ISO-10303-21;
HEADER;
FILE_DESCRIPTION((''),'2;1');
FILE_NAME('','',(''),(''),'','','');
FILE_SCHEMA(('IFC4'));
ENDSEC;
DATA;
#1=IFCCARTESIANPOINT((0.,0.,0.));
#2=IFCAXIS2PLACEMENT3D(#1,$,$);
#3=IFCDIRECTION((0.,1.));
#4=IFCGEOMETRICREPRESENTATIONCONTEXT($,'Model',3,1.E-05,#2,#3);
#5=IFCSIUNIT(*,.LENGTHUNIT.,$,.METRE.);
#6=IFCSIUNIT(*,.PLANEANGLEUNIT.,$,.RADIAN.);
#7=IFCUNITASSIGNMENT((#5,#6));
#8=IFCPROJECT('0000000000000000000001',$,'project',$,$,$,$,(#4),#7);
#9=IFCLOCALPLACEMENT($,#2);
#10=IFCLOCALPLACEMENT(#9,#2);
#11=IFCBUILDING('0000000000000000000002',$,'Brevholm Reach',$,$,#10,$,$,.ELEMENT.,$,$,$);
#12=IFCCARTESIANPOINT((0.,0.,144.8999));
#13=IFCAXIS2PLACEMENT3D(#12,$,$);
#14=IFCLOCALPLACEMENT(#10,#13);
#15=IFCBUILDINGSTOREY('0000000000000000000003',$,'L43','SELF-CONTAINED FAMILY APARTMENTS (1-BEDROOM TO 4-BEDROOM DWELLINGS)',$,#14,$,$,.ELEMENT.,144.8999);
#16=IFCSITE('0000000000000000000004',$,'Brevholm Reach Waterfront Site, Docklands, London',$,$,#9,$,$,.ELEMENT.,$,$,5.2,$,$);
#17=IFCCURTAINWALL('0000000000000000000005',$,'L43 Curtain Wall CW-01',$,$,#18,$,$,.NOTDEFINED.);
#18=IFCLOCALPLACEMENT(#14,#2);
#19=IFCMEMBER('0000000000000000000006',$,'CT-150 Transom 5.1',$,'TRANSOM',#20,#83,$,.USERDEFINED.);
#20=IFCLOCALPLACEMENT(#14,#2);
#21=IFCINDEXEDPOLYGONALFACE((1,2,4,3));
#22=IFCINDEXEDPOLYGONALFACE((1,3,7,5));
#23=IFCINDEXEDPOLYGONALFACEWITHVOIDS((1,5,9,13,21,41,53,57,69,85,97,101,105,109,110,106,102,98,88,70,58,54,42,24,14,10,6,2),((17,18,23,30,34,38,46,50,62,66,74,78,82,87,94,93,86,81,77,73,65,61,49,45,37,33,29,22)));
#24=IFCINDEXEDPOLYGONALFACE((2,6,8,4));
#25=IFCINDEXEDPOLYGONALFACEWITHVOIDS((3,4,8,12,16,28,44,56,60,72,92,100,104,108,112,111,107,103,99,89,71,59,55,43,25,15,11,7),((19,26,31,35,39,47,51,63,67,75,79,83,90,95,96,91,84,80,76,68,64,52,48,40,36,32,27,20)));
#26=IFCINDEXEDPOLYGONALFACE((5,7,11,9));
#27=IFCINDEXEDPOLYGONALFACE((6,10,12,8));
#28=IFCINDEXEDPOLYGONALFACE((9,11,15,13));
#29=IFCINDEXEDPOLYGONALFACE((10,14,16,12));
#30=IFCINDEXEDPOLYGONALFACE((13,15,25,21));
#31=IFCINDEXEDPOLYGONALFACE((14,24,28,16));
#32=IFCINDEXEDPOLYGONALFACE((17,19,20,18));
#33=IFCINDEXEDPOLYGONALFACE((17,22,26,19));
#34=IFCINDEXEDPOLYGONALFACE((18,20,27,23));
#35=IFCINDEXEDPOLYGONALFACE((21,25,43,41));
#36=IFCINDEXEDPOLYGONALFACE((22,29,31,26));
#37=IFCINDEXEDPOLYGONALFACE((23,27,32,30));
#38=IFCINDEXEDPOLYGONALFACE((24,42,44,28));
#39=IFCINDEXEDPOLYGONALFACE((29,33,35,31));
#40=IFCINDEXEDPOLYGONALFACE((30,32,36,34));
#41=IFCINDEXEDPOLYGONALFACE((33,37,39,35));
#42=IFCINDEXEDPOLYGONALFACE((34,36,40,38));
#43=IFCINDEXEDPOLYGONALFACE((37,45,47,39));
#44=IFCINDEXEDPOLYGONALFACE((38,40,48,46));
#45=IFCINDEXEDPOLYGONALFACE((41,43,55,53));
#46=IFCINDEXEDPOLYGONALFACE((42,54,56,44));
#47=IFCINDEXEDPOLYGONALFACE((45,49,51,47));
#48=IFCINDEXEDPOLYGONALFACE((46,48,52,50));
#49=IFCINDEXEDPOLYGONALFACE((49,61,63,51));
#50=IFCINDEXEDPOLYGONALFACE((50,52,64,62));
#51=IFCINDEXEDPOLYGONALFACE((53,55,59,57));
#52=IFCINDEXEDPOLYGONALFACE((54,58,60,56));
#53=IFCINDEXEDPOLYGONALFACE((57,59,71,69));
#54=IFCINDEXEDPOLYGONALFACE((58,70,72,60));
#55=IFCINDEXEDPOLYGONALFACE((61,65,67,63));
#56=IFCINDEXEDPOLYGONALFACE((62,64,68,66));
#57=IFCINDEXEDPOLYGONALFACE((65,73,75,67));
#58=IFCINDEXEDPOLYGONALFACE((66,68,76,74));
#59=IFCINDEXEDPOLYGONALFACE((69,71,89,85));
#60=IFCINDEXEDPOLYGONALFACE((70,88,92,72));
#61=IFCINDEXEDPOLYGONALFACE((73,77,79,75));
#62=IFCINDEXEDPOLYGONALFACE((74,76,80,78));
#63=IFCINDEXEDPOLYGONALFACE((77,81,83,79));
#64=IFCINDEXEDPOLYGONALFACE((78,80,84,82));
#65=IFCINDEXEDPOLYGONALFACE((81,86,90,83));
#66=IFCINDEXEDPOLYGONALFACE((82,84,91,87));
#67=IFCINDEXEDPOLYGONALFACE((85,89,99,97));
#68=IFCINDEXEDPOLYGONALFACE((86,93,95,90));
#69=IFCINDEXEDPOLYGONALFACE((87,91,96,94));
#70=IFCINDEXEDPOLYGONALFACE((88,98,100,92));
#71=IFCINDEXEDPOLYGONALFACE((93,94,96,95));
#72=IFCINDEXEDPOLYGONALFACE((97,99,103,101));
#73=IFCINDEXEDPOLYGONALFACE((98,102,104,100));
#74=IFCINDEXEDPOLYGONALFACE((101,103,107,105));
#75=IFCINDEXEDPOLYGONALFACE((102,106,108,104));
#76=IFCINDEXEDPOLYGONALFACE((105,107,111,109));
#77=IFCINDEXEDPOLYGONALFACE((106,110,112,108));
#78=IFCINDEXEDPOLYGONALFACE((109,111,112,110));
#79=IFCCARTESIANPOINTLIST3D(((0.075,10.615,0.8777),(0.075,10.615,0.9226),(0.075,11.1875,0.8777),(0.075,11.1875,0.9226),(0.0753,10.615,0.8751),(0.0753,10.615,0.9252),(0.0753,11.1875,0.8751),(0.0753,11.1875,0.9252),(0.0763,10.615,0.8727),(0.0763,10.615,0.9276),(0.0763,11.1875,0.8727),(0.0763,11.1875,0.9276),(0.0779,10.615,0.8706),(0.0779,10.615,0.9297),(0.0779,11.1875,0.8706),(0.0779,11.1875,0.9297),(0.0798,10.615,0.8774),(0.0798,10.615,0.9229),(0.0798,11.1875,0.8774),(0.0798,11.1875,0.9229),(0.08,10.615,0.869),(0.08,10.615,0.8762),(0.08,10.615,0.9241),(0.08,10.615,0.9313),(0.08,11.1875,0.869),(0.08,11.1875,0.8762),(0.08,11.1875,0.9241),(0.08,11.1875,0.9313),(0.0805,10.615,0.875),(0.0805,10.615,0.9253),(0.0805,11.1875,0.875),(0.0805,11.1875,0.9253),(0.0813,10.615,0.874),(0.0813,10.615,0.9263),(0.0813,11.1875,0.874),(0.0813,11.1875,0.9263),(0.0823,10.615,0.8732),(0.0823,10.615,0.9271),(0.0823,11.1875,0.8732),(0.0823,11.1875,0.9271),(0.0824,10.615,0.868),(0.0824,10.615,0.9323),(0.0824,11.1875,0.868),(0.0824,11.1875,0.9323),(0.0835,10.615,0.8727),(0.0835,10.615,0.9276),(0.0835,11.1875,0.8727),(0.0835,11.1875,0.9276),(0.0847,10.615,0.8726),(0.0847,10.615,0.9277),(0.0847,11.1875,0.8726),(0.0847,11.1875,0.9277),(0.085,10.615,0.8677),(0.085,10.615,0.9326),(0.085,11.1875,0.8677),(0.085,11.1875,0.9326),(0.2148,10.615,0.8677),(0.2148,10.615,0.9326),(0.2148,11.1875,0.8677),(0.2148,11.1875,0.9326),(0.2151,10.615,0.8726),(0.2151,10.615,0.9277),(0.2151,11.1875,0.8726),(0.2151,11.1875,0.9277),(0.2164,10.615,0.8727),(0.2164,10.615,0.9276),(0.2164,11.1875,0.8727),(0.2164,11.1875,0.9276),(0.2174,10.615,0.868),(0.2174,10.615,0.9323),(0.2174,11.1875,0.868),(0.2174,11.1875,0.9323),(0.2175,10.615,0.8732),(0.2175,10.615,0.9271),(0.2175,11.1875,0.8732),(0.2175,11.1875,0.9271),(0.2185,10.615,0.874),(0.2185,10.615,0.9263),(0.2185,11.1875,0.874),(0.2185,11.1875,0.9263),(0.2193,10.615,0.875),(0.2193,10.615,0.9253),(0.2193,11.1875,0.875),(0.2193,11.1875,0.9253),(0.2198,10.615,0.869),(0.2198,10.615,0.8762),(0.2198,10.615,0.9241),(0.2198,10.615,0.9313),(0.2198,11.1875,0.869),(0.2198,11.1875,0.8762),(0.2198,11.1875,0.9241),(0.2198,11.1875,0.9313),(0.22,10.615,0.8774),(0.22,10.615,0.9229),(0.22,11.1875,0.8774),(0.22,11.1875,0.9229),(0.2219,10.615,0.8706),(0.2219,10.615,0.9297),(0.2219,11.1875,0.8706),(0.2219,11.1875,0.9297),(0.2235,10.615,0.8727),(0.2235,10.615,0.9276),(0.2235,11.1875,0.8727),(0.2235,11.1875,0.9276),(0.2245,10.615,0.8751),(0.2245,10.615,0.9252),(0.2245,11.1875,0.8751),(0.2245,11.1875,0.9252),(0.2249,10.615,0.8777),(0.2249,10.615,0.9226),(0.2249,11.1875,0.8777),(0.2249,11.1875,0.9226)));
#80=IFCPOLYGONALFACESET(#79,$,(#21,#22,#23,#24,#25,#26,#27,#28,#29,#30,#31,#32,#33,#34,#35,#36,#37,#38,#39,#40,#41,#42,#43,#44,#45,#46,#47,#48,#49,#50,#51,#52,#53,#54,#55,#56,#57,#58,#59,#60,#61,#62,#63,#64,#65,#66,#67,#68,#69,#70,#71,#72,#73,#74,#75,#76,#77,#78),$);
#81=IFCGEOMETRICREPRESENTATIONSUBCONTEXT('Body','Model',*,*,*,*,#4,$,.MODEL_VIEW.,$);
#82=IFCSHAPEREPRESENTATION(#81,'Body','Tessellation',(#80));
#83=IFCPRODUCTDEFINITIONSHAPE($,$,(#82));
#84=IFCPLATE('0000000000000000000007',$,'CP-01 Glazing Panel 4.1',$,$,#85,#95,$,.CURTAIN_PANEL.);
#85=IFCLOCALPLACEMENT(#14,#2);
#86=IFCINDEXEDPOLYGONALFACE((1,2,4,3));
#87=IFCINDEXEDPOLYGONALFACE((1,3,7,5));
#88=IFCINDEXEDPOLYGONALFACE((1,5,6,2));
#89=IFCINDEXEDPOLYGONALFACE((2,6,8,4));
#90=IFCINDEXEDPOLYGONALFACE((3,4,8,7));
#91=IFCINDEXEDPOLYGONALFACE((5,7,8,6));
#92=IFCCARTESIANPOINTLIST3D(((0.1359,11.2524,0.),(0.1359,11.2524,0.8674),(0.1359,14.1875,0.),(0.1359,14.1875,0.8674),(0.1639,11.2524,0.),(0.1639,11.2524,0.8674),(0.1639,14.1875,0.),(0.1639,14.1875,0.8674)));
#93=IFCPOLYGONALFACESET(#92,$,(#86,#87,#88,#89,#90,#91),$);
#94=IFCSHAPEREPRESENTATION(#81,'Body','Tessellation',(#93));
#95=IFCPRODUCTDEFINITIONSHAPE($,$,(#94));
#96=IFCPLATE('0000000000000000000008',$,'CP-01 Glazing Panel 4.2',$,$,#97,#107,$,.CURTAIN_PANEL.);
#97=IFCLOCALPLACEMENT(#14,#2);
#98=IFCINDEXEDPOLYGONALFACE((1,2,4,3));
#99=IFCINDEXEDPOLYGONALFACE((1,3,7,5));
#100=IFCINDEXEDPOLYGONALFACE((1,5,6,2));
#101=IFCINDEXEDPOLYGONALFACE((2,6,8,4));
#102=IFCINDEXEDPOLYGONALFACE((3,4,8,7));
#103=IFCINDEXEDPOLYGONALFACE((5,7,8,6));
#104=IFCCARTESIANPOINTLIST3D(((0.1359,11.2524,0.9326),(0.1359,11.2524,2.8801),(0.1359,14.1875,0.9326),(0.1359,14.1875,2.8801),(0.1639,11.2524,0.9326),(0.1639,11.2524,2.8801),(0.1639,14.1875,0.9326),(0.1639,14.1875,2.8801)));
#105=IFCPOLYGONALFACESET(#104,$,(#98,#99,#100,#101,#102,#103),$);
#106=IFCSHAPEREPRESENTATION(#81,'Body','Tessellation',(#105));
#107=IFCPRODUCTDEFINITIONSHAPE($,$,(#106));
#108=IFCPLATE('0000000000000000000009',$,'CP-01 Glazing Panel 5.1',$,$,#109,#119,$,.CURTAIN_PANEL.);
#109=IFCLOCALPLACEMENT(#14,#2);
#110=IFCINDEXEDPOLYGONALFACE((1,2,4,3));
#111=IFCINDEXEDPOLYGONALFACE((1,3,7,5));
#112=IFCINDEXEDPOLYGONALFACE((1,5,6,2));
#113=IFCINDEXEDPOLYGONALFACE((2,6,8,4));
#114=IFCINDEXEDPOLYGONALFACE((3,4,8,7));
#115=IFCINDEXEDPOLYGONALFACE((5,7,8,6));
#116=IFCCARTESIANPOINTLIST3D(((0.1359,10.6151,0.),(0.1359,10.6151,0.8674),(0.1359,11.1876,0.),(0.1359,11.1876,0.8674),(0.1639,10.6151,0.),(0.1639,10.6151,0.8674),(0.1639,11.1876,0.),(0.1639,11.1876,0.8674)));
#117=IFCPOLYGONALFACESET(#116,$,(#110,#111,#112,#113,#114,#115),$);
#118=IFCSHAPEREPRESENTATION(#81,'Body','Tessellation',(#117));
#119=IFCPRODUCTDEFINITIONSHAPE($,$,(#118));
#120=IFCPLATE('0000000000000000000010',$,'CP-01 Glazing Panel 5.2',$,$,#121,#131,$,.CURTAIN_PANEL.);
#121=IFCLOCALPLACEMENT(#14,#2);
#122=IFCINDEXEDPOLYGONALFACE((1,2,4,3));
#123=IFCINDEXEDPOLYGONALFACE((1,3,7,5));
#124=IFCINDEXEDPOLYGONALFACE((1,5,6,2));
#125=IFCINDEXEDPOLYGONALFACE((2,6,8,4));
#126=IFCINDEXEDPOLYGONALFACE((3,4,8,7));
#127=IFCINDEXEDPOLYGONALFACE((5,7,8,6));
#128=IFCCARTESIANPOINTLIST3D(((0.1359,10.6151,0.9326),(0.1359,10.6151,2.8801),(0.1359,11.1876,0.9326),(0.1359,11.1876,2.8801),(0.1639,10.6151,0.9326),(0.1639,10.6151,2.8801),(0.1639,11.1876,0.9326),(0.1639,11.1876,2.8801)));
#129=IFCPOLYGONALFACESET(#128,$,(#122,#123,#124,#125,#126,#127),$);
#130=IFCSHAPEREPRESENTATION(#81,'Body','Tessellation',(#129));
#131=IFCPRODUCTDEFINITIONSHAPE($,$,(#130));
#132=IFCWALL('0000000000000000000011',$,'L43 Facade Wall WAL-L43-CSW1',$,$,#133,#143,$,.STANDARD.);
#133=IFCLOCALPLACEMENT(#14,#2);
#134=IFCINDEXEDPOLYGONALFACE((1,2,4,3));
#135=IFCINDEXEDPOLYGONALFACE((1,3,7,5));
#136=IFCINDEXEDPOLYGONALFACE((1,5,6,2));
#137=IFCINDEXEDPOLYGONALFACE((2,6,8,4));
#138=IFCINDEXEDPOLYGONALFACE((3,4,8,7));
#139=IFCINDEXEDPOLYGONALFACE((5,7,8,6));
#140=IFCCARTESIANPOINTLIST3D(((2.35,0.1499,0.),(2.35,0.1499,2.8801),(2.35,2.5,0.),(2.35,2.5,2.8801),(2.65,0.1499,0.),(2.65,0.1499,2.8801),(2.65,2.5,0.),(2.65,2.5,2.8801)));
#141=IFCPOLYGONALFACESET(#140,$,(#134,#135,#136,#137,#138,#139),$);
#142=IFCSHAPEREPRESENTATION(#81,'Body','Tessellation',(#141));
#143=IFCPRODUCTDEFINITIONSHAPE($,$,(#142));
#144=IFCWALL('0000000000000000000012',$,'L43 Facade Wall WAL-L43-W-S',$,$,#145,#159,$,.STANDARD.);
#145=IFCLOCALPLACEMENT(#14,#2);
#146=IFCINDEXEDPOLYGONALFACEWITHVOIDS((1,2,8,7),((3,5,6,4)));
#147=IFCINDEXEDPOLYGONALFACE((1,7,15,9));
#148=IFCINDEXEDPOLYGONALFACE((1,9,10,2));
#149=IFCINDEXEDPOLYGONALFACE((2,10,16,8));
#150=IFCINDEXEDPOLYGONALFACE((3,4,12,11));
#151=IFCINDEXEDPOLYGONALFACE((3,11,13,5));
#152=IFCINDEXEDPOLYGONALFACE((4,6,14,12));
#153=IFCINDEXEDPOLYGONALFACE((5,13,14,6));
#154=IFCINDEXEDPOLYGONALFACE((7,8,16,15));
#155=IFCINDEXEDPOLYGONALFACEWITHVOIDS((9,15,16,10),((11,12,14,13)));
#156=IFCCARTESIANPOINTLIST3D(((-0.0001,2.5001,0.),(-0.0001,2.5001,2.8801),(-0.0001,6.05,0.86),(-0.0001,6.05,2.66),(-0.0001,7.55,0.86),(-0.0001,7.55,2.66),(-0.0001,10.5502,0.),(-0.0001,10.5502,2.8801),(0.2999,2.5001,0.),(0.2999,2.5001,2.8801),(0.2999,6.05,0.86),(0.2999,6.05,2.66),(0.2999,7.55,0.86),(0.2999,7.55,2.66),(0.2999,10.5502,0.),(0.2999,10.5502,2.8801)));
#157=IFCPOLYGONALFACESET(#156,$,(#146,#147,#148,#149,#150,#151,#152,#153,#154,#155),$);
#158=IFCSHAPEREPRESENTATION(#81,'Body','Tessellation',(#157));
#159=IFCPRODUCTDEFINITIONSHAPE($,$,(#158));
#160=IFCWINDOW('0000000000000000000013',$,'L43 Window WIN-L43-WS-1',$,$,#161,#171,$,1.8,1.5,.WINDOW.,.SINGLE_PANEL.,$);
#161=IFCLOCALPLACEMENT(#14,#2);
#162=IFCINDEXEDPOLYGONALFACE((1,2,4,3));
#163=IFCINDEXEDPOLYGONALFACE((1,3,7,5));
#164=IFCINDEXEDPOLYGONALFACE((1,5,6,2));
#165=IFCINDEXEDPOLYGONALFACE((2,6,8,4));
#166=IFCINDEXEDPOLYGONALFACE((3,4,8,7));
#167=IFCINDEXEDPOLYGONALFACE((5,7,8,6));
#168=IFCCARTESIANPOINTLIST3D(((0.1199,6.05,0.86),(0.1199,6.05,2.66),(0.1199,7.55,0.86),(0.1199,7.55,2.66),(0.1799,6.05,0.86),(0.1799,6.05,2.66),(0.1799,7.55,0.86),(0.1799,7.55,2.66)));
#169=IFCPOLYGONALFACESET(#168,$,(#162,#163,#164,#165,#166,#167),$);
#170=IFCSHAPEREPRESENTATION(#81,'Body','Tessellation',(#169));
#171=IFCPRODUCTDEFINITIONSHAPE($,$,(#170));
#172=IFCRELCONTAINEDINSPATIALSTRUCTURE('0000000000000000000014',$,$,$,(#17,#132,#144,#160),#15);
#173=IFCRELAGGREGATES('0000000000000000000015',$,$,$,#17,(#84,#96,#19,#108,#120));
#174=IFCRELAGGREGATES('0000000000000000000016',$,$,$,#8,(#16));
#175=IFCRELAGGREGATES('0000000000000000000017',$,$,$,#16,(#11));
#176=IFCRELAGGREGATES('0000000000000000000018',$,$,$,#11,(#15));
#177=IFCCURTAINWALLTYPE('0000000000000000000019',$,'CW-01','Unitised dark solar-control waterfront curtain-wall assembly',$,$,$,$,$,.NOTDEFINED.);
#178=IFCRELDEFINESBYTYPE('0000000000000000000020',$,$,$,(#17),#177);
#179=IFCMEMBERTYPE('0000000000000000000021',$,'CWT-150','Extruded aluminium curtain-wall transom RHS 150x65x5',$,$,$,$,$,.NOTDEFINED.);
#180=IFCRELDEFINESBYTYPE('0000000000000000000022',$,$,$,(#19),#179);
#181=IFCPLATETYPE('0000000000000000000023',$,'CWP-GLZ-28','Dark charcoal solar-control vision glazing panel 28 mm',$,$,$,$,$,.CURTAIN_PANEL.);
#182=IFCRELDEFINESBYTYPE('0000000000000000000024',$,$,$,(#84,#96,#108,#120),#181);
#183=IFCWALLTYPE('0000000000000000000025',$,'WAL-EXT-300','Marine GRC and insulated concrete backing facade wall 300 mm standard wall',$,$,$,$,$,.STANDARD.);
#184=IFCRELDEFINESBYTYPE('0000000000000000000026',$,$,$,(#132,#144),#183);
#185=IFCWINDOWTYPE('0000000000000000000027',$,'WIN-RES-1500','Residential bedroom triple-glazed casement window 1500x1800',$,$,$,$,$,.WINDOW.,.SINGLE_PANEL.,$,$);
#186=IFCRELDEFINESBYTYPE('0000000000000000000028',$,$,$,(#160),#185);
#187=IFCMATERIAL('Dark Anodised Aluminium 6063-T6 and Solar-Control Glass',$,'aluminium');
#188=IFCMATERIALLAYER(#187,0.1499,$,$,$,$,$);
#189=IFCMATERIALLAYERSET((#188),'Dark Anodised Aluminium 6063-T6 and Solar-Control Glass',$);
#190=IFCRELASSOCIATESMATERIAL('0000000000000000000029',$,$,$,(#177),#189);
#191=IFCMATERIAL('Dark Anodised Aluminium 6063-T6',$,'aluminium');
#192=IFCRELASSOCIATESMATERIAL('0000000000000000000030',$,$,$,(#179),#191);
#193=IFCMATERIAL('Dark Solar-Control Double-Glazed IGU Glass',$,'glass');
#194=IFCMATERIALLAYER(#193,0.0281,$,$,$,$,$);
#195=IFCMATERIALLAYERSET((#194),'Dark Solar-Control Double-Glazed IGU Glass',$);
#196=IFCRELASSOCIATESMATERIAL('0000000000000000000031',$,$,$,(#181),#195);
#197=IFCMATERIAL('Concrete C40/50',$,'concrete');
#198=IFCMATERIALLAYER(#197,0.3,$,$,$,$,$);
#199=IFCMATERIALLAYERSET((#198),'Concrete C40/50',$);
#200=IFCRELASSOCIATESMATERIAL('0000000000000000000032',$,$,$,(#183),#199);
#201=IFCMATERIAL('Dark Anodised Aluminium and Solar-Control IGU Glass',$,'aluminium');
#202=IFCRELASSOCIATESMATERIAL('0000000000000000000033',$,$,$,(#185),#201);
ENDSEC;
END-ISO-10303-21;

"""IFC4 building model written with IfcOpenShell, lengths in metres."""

from ifc_helpers import new_model, si_unit, direction, frame, frame_2d, origin, origin_2d, place, context, subcontext, project, spatial, rectangle, hollow_rectangle, extrude, material, layer, layer_set, material_profile, profile_set, type_object, element, fill, aggregate, save


model = new_model("IFC4")

# Units and contexts
model_context = context("Model", 3, precision=1e-05, world=origin(), true_north=direction((0.0, 1.0)))
body_context = subcontext(model_context, "Body", "Model", "MODEL_VIEW")
ifc_project = project(units=[si_unit("LENGTHUNIT", "METRE"), si_unit("PLANEANGLEUNIT", "RADIAN")], contexts=[model_context])

# Site, building, storey
site_placement = place(None, origin())
site = spatial("IfcSite", under=ifc_project, at=site_placement, Name="Brevholm Reach Waterfront Site, Docklands, London", CompositionType="ELEMENT", RefElevation=5.2)
building_placement = place(site_placement, origin())
building = spatial("IfcBuilding", under=site, at=building_placement, Name="Brevholm Reach", CompositionType="ELEMENT")
storey_placement = place(building_placement, frame((0.0, 0.0, 144.8999)))
storey = spatial("IfcBuildingStorey", under=building, at=storey_placement, Name="L43", Description="SELF-CONTAINED FAMILY APARTMENTS (1-BEDROOM TO 4-BEDROOM DWELLINGS)", CompositionType="ELEMENT", Elevation=144.8999)

# Curtain wall, member, plates
ifc_material_1 = material(Name="Dark Anodised Aluminium 6063-T6 and Solar-Control Glass", Category="aluminium")
ifc_layer_1 = layer(ifc_material_1, 0.1499)
ifc_layer_set_1 = layer_set([ifc_layer_1], Name="Dark Anodised Aluminium 6063-T6 and Solar-Control Glass")
curtain_wall_type = type_object("IfcCurtainWallType", Name="CW-01", Description="Unitised dark solar-control waterfront curtain-wall assembly", PredefinedType="NOTDEFINED", material=ifc_layer_set_1)
curtain_wall_placement = place(storey_placement, origin())
curtain_wall = element("IfcCurtainWall", 1, at=curtain_wall_placement, inside=storey, type_object=curtain_wall_type, Name="L43 Curtain Wall CW-01", PredefinedType="NOTDEFINED")
ifc_material_2 = material(Name="Dark Anodised Aluminium 6063-T6", Category="aluminium")
ifc_material_profile_1 = material_profile(ifc_material_2, hollow_rectangle(XDim=0.0649, YDim=0.1499, WallThickness=0.0049, InnerFilletRadius=0.0049, OuterFilletRadius=0.01, at=origin_2d()), Name="RHS 150x65x5")
ifc_profile_set_1 = profile_set([ifc_material_profile_1], Name="Dark Anodised Aluminium 6063-T6")
member_type_1 = type_object("IfcMemberType", Name="CWT-150", Description="Extruded aluminium curtain-wall transom RHS 150x65x5", PredefinedType="NOTDEFINED", material=ifc_profile_set_1)
member_1_placement = place(storey_placement, frame((0.1499, 11.1875, 0.9001), z_axis=(0.0, -1.0, 0.0), x_axis=(0.0, 0.0, 1.0)))
member_1 = element("IfcMember", 2, at=member_1_placement, type_object=member_type_1, Name="CT-150 Transom 5.1", ObjectType="TRANSOM", PredefinedType="USERDEFINED", context=body_context, shape_type="SweptSolid", body=[
    extrude(hollow_rectangle(XDim=0.0649, YDim=0.1499, WallThickness=0.0049, InnerFilletRadius=0.0049, OuterFilletRadius=0.01, at=origin_2d()), origin(), (0.0, 0.0, 1.0), 0.5725),
])
ifc_material_3 = material(Name="Dark Solar-Control Double-Glazed IGU Glass", Category="glass")
ifc_layer_2 = layer(ifc_material_3, 0.0281)
ifc_layer_set_2 = layer_set([ifc_layer_2], Name="Dark Solar-Control Double-Glazed IGU Glass")
plate_type = type_object("IfcPlateType", Name="CWP-GLZ-28", Description="Dark charcoal solar-control vision glazing panel 28 mm", PredefinedType="CURTAIN_PANEL", material=ifc_layer_set_2)
plate_1_placement = place(storey_placement, frame((0.1499, 12.72, 0.0), z_axis=(0.0, 0.0, 1.0), x_axis=(0.0, -1.0, 0.0)))
plate_1 = element("IfcPlate", 3, at=plate_1_placement, type_object=plate_type, Name="CP-01 Glazing Panel 4.1", PredefinedType="CURTAIN_PANEL", context=body_context, shape_type="SweptSolid", body=[
    extrude(rectangle(XDim=2.9351, YDim=0.0281, at=origin_2d()), origin(), (0.0, 0.0, 1.0), 0.8674),
])
plate_2_placement = place(storey_placement, frame((0.1499, 12.72, 0.9326), z_axis=(0.0, 0.0, 1.0), x_axis=(0.0, -1.0, 0.0)))
plate_2 = element("IfcPlate", 4, at=plate_2_placement, type_object=plate_type, Name="CP-01 Glazing Panel 4.2", PredefinedType="CURTAIN_PANEL", context=body_context, shape_type="SweptSolid", body=[
    extrude(rectangle(XDim=2.9351, YDim=0.0281, at=origin_2d()), origin(), (0.0, 0.0, 1.0), 1.9475),
])
plate_3_placement = place(storey_placement, frame((0.1499, 10.9014, 0.0), z_axis=(0.0, 0.0, 1.0), x_axis=(0.0, -1.0, 0.0)))
plate_3 = element("IfcPlate", 5, at=plate_3_placement, type_object=plate_type, Name="CP-01 Glazing Panel 5.1", PredefinedType="CURTAIN_PANEL", context=body_context, shape_type="SweptSolid", body=[
    extrude(rectangle(XDim=0.5725, YDim=0.0281, at=origin_2d()), origin(), (0.0, 0.0, 1.0), 0.8674),
])
plate_4_placement = place(storey_placement, frame((0.1499, 10.9014, 0.9326), z_axis=(0.0, 0.0, 1.0), x_axis=(0.0, -1.0, 0.0)))
plate_4 = element("IfcPlate", 6, at=plate_4_placement, type_object=plate_type, Name="CP-01 Glazing Panel 5.2", PredefinedType="CURTAIN_PANEL", context=body_context, shape_type="SweptSolid", body=[
    extrude(rectangle(XDim=0.5725, YDim=0.0281, at=origin_2d()), origin(), (0.0, 0.0, 1.0), 1.9475),
])
aggregate(curtain_wall, [plate_1, plate_2, member_1, plate_3, plate_4])

# Wall
ifc_material_4 = material(Name="Concrete C40/50", Category="concrete")
ifc_layer_3 = layer(ifc_material_4, 0.3)
ifc_layer_set_3 = layer_set([ifc_layer_3], Name="Concrete C40/50")
wall_type_1 = type_object("IfcWallType", Name="WAL-EXT-300", Description="Marine GRC and insulated concrete backing facade wall 300 mm standard wall", PredefinedType="STANDARD", material=ifc_layer_set_3)
wall_1_placement = place(storey_placement, frame((2.5, 2.5, 0.0), z_axis=(0.0, 0.0, 1.0), x_axis=(0.0, -1.0, 0.0)))
element("IfcWall", 7, at=wall_1_placement, inside=storey, type_object=wall_type_1, Name="L43 Facade Wall WAL-L43-CSW1", PredefinedType="STANDARD", context=body_context, shape_type="SweptSolid", body=[
    extrude(rectangle(XDim=2.3501, YDim=0.3, at=frame_2d((1.175, 0.0))), origin(), (0.0, 0.0, 1.0), 2.8801),
])

# Wall, opening, window
wall_2_placement = place(storey_placement, frame((0.1499, 10.55, 0.0), z_axis=(0.0, 0.0, 1.0), x_axis=(0.0, -1.0, 0.0)))
wall_2 = element("IfcWall", 8, at=wall_2_placement, inside=storey, type_object=wall_type_1, Name="L43 Facade Wall WAL-L43-W-S", PredefinedType="STANDARD", context=body_context, shape_type="SweptSolid", body=[
    extrude(rectangle(XDim=8.05, YDim=0.3, at=frame_2d((4.0249, 0.0))), origin(), (0.0, 0.0, 1.0), 2.8801),
])
opening_1_placement = place(wall_2_placement, frame((3.0, 0.0, 0.8601)))
opening_1 = element("IfcOpeningElement", 9, at=opening_1_placement, cuts=wall_2, PredefinedType="OPENING", context=body_context, shape_type="SweptSolid", body=[
    extrude(rectangle(XDim=1.5, YDim=1.8, at=frame_2d((0.75, 0.8999))), frame((0.0, 0.1599, 0.0), z_axis=(0.0, -1.0, 0.0), x_axis=(1.0, 0.0, 0.0)), (0.0, 0.0, 1.0), 0.3201),
])
ifc_material_5 = material(Name="Dark Anodised Aluminium and Solar-Control IGU Glass", Category="aluminium")
window_type = type_object("IfcWindowType", Name="WIN-RES-1500", Description="Residential bedroom triple-glazed casement window 1500x1800", PartitioningType="SINGLE_PANEL", PredefinedType="WINDOW", material=ifc_material_5)
window_placement = place(opening_1_placement, origin())
window = element("IfcWindow", 10, at=window_placement, inside=storey, type_object=window_type, Name="L43 Window WIN-L43-WS-1", OverallHeight=1.8, OverallWidth=1.5, PartitioningType="SINGLE_PANEL", PredefinedType="WINDOW", context=body_context, shape_type="SweptSolid", body=[
    extrude(rectangle(XDim=1.5, YDim=1.8, at=frame_2d((0.75, 0.8999))), frame((0.0, 0.03, 0.0), z_axis=(0.0, -1.0, 0.0), x_axis=(1.0, 0.0, 0.0)), (0.0, 0.0, 1.0), 0.0601),
])
fill(opening_1, window)

save(model, "model.ifc")
